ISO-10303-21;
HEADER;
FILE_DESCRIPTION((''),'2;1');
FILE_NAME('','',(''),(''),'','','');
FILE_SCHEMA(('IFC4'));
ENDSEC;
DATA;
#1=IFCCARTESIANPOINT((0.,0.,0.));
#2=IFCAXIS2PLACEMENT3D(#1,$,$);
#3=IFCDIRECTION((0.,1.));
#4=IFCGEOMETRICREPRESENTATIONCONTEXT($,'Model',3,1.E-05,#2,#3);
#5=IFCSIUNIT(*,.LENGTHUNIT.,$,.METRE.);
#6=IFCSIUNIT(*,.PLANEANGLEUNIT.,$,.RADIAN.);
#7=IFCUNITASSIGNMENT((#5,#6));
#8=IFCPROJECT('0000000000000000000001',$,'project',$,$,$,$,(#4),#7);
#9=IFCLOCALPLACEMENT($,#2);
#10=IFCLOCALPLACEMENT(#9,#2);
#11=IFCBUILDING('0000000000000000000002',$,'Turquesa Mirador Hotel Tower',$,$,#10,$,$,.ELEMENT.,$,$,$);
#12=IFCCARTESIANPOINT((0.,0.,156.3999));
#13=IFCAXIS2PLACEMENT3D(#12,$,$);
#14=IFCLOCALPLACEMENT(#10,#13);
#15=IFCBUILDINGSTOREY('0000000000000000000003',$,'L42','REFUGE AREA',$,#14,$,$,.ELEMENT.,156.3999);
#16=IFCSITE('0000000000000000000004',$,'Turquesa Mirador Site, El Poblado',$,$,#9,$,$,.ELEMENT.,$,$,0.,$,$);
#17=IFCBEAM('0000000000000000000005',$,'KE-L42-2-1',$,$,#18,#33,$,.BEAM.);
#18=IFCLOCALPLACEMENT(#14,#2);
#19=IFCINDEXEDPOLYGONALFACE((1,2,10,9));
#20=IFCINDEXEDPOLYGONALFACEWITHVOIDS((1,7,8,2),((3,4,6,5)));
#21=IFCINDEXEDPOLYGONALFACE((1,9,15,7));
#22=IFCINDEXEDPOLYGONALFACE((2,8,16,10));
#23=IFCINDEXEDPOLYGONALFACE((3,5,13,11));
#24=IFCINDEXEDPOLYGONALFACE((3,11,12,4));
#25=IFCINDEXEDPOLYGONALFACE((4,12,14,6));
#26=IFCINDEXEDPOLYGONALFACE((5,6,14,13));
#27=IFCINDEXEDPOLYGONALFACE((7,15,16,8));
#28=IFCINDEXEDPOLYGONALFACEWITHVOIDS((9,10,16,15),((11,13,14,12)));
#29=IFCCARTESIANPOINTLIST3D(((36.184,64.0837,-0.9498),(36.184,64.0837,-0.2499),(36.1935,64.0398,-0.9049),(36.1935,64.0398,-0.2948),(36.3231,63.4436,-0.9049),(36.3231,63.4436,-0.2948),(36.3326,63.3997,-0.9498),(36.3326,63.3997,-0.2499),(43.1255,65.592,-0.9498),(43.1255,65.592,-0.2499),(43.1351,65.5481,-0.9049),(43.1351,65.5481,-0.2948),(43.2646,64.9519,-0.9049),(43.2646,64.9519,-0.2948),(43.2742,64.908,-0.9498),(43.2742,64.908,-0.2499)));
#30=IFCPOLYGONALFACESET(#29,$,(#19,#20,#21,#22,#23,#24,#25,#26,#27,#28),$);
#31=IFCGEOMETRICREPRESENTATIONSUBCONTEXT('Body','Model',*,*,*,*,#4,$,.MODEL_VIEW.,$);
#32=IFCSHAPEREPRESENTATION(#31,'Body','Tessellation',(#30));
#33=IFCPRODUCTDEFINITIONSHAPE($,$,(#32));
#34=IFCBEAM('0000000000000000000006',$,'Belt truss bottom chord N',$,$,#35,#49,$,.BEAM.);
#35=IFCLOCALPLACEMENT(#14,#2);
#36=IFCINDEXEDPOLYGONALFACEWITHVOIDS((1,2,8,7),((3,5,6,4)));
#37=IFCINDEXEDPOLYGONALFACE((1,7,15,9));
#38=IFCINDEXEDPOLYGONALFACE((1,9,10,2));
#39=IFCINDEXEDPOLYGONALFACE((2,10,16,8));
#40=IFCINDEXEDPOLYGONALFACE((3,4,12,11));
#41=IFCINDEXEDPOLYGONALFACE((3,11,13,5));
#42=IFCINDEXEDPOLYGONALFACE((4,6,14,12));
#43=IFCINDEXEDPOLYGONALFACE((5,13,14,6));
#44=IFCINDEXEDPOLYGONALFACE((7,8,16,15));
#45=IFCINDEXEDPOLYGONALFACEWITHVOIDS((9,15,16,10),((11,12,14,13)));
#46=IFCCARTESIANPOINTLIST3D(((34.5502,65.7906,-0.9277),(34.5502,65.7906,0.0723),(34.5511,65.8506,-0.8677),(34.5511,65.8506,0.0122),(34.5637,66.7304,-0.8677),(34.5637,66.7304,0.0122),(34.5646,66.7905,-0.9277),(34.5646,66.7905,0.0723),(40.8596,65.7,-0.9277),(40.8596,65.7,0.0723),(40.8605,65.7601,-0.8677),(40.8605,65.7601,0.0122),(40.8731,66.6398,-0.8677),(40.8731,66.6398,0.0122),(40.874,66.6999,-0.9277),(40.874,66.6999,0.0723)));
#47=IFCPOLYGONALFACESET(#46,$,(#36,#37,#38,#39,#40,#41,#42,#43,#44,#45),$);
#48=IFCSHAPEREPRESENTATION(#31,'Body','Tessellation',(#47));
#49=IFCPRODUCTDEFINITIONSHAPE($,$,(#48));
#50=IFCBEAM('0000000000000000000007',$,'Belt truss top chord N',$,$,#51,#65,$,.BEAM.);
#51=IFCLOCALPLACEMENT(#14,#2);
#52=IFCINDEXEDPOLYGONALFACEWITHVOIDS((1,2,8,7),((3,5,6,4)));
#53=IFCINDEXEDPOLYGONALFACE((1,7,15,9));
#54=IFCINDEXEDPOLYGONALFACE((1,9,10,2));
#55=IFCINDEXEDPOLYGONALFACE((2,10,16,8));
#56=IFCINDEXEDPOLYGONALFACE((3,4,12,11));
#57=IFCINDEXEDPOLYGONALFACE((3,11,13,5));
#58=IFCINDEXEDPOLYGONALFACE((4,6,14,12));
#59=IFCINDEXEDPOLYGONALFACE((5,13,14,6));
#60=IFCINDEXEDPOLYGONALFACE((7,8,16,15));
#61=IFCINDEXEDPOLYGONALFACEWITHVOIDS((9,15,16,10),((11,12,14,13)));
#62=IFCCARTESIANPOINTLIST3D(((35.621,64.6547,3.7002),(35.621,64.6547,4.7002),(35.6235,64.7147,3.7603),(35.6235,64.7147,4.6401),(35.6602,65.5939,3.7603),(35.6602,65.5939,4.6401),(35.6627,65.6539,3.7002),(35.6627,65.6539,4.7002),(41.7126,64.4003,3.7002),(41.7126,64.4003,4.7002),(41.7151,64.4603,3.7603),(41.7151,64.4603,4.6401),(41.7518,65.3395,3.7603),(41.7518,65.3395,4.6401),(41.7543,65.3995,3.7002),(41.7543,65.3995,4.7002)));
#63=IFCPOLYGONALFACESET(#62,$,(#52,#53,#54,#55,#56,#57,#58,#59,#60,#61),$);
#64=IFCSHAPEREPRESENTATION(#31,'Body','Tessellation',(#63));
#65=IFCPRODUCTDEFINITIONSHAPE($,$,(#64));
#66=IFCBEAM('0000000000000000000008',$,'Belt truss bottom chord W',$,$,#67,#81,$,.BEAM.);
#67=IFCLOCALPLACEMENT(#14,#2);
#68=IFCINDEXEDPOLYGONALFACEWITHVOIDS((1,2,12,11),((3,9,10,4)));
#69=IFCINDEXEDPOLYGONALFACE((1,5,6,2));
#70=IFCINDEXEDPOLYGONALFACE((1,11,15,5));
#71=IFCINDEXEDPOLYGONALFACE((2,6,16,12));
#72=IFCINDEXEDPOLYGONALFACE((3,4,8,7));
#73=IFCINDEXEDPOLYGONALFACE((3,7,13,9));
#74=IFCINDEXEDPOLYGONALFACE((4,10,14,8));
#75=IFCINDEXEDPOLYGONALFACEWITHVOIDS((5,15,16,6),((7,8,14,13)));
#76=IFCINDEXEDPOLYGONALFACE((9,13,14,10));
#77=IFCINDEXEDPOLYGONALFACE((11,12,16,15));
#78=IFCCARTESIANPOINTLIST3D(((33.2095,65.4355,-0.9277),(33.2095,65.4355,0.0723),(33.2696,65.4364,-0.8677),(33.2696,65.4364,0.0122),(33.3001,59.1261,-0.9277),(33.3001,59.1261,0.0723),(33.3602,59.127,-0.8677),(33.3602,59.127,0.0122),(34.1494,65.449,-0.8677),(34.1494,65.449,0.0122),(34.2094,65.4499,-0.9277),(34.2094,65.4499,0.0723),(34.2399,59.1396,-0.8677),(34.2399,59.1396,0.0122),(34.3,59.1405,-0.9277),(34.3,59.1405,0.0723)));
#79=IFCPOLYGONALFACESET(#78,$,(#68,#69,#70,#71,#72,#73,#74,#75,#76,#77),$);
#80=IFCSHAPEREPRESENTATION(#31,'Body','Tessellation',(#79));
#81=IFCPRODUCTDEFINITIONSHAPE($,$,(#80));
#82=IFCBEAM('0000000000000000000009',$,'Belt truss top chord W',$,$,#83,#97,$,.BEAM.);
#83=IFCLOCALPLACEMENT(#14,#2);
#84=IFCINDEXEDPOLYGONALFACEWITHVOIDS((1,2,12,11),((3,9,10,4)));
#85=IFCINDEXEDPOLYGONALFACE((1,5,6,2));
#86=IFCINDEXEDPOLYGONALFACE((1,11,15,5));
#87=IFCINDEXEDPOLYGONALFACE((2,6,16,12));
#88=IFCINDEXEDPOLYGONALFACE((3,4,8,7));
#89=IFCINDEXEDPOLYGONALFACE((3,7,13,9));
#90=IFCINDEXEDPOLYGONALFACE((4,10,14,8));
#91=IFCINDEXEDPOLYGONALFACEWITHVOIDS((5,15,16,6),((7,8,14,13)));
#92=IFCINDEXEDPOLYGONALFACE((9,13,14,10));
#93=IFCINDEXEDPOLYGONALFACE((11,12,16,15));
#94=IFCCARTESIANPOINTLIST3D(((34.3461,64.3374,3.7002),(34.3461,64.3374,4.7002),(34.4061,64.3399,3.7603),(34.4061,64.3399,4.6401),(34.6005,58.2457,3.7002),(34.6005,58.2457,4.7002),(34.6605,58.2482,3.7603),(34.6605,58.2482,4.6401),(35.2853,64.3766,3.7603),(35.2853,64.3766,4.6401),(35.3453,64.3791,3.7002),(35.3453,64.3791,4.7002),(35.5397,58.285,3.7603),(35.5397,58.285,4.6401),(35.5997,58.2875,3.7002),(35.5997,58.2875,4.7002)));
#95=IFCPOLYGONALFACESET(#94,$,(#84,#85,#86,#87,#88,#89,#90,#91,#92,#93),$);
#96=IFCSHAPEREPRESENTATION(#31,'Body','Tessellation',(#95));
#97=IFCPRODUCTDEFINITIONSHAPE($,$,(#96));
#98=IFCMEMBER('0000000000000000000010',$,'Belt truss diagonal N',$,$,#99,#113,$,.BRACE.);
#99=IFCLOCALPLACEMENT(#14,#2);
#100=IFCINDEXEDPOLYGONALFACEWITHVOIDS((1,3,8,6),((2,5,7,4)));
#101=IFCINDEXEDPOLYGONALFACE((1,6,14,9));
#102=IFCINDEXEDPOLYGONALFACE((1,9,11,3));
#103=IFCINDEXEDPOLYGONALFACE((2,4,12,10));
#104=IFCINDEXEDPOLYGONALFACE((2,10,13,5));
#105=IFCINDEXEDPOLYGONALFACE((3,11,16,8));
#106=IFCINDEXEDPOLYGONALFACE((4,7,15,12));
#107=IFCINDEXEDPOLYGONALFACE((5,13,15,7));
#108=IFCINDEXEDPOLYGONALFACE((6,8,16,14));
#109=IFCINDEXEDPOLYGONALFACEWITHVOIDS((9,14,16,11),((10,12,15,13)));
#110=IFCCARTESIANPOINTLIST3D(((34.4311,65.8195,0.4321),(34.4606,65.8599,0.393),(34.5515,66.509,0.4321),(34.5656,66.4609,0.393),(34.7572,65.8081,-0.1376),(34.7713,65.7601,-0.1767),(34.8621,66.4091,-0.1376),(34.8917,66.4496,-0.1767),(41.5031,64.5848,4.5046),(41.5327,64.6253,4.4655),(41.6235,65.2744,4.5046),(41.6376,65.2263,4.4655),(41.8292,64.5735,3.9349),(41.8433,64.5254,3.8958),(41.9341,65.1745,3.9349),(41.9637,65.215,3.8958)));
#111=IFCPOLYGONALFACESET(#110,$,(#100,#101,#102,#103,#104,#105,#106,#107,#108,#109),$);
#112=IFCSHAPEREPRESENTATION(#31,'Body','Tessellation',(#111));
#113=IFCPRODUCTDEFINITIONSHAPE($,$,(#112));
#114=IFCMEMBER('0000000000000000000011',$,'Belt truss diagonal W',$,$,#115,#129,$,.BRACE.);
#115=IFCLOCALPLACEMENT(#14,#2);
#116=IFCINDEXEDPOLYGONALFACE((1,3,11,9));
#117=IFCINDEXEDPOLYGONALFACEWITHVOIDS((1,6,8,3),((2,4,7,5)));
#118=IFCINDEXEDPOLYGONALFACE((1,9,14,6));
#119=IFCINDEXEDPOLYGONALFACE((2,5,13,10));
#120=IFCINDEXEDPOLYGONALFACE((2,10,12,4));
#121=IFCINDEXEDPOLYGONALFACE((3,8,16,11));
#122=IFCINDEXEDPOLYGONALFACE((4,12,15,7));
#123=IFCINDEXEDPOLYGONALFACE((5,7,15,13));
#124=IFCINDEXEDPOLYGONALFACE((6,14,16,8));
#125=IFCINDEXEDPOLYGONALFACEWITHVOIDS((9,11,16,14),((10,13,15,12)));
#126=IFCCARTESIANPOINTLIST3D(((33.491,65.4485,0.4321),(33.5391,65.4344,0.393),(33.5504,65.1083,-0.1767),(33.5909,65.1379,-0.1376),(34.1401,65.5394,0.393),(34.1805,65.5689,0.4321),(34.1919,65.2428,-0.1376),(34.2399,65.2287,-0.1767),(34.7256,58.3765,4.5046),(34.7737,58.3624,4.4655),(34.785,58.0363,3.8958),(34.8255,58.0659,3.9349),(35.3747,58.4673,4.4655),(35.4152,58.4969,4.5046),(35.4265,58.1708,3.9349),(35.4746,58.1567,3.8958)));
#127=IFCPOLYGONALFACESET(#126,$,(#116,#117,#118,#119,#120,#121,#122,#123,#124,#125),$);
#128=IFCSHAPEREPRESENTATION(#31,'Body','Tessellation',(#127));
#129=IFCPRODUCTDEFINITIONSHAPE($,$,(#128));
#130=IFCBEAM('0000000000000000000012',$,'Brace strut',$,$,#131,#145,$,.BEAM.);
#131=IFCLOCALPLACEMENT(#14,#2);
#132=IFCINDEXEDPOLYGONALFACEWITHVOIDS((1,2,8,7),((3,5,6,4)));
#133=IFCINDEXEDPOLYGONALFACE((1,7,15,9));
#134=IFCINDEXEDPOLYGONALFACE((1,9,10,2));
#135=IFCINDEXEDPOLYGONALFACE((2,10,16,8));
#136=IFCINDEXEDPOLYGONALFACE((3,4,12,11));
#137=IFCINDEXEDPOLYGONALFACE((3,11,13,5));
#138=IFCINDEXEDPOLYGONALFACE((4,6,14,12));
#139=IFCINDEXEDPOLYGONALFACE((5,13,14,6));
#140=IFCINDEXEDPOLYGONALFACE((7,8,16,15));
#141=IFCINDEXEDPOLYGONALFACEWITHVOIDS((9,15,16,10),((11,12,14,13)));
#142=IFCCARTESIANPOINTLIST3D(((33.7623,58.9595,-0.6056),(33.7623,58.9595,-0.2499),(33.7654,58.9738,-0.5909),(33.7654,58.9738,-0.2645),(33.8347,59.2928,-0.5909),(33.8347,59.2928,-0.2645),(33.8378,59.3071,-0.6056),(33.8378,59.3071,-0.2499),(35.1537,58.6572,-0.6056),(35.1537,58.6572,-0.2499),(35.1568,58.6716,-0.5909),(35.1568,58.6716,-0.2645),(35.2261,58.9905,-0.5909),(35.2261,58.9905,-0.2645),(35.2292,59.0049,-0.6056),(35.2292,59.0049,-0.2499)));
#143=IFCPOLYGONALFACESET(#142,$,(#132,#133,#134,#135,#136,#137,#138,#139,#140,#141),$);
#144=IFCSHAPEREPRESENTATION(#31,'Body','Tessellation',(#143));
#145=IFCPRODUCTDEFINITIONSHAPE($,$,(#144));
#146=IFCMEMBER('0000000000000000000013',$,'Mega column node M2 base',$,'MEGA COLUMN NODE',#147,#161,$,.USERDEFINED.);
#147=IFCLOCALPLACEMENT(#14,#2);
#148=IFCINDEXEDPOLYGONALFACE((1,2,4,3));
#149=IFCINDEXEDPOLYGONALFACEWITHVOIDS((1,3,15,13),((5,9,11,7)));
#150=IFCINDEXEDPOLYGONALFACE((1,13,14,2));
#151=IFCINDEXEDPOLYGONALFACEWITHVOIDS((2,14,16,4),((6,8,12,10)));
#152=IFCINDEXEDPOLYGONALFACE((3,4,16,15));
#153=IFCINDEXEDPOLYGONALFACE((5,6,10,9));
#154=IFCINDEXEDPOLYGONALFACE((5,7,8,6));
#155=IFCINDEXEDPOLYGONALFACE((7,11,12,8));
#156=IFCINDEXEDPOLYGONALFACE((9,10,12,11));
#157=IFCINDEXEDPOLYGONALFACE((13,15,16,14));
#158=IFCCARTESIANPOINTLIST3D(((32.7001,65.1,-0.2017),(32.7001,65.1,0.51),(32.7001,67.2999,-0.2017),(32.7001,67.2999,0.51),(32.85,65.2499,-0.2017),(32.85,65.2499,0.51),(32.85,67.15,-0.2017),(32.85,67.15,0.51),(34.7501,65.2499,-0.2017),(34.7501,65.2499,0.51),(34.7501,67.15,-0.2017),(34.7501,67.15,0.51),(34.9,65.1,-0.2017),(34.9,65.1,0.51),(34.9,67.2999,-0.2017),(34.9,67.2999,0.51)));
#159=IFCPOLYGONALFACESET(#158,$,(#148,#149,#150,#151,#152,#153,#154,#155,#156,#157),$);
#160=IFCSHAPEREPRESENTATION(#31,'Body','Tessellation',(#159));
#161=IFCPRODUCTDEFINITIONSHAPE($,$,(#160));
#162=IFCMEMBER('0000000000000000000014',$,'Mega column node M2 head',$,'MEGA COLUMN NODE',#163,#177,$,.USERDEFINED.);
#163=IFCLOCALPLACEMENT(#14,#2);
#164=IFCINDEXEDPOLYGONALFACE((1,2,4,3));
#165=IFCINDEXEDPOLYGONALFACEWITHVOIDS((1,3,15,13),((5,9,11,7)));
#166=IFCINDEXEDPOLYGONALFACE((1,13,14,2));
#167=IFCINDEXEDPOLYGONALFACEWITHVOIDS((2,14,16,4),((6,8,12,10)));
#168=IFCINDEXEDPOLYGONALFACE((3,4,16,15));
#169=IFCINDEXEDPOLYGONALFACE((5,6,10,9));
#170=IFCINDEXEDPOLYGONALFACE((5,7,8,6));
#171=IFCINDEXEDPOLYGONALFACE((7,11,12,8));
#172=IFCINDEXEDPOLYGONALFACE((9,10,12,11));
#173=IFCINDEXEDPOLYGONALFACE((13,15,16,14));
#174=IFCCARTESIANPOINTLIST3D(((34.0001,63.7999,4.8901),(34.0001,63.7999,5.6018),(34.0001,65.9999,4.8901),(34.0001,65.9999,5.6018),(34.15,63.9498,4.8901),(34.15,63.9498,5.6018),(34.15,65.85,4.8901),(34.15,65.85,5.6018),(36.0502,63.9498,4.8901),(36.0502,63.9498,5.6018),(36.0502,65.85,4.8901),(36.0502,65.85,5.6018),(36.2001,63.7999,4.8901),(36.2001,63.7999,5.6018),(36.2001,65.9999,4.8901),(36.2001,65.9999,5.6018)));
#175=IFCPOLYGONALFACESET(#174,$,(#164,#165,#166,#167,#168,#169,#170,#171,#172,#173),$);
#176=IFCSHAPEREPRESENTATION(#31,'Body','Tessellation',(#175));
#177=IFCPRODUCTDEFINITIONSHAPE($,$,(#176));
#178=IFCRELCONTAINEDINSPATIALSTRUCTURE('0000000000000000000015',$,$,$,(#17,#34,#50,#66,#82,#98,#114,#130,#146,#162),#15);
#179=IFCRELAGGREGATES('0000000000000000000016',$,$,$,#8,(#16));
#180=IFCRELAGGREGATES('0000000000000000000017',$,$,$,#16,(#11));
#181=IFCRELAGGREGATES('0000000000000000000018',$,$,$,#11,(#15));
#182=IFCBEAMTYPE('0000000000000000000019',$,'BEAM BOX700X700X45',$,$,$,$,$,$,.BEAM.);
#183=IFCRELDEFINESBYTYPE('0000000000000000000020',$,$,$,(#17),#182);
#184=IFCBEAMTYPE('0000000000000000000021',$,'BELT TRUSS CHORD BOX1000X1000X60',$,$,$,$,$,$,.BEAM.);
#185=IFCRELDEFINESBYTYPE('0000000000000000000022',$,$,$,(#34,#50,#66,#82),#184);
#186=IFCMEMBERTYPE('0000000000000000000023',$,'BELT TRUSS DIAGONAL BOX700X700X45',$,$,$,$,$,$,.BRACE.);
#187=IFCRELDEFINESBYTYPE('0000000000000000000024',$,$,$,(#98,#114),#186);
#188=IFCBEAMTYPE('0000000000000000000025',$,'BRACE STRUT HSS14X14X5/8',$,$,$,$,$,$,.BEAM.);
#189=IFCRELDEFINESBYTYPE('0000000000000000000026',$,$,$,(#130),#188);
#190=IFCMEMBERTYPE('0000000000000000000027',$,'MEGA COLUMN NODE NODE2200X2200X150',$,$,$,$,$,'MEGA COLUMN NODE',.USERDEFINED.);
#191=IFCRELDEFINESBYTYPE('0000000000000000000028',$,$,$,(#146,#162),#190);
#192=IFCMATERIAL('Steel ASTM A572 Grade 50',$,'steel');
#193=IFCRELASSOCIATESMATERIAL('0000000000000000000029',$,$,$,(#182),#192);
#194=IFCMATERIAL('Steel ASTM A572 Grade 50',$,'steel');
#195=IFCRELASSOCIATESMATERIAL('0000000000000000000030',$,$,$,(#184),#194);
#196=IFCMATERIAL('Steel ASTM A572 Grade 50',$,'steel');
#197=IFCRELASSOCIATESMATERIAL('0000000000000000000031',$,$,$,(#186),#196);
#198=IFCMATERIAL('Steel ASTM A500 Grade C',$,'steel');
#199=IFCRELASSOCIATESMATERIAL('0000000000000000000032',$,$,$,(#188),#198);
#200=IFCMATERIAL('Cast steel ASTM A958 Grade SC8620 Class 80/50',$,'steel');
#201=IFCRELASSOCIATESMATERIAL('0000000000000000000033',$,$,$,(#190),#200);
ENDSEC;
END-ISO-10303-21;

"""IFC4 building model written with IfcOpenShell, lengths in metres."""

from ifc_helpers import new_model, si_unit, direction, frame, origin, origin_2d, place, context, subcontext, project, spatial, hollow_rectangle, extrude, material, material_profile, profile_set, type_object, element, save


model = new_model("IFC4")

# Units and contexts
model_context = context("Model", 3, precision=1e-05, world=origin(), true_north=direction((0.0, 1.0)))
body_context = subcontext(model_context, "Body", "Model", "MODEL_VIEW")
ifc_project = project(units=[si_unit("LENGTHUNIT", "METRE"), si_unit("PLANEANGLEUNIT", "RADIAN")], contexts=[model_context])

# Site, building, storey
site_placement = place(None, origin())
site = spatial("IfcSite", under=ifc_project, at=site_placement, Name="Turquesa Mirador Site, El Poblado", CompositionType="ELEMENT", RefElevation=0.0)
building_placement = place(site_placement, origin())
building = spatial("IfcBuilding", under=site, at=building_placement, Name="Turquesa Mirador Hotel Tower", CompositionType="ELEMENT")
storey_placement = place(building_placement, frame((0.0, 0.0, 156.3999)))
storey = spatial("IfcBuildingStorey", under=building, at=storey_placement, Name="L42", Description="REFUGE AREA", CompositionType="ELEMENT", Elevation=156.3999)

# Beams
ifc_material_1 = material(Name="Steel ASTM A572 Grade 50", Category="steel")
ifc_material_profile_1 = material_profile(ifc_material_1, hollow_rectangle(XDim=0.7, YDim=0.7, WallThickness=0.0449, at=origin_2d()), Name="BOX700X700X45")
ifc_profile_set_1 = profile_set([ifc_material_profile_1], Name="Steel ASTM A572 Grade 50")
beam_type_1 = type_object("IfcBeamType", Name="BEAM BOX700X700X45", PredefinedType="BEAM", material=ifc_profile_set_1)
beam_1_placement = place(storey_placement, frame((36.2583, 63.7417, -0.5999), z_axis=(0.977198, 0.212328, 0.0), x_axis=(-0.212328, 0.977198, 0.0)))
element("IfcBeam", 1, at=beam_1_placement, inside=storey, type_object=beam_type_1, Name="KE-L42-2-1", PredefinedType="BEAM", context=body_context, shape_type="SweptSolid", body=[
    extrude(hollow_rectangle(XDim=0.7, YDim=0.7, WallThickness=0.0449, at=origin_2d()), origin(), (0.0, 0.0, 1.0), 7.1035),
])
ifc_material_2 = material(Name="Steel ASTM A572 Grade 50", Category="steel")
ifc_material_profile_2 = material_profile(ifc_material_2, hollow_rectangle(XDim=1.0, YDim=1.0, WallThickness=0.0601, at=origin_2d()), Name="BOX1000X1000X60")
ifc_profile_set_2 = profile_set([ifc_material_profile_2], Name="Steel ASTM A572 Grade 50")
beam_type_2 = type_object("IfcBeamType", Name="BELT TRUSS CHORD BOX1000X1000X60", PredefinedType="BEAM", material=ifc_profile_set_2)
beam_2_placement = place(storey_placement, frame((34.5574, 66.2905, -0.4277), z_axis=(0.999897, -0.014354, 0.0), x_axis=(0.014354, 0.999897, 0.0)))
element("IfcBeam", 2, at=beam_2_placement, inside=storey, type_object=beam_type_2, Name="Belt truss bottom chord N", PredefinedType="BEAM", context=body_context, shape_type="SweptSolid", body=[
    extrude(hollow_rectangle(XDim=1.0, YDim=1.0, WallThickness=0.0601, at=origin_2d()), origin(), (0.0, 0.0, 1.0), 6.3101),
])
beam_3_placement = place(storey_placement, frame((35.6418, 65.1543, 4.2002), z_axis=(0.999129, -0.041725, 0.0), x_axis=(0.041725, 0.999129, 0.0)))
element("IfcBeam", 3, at=beam_3_placement, inside=storey, type_object=beam_type_2, Name="Belt truss top chord N", PredefinedType="BEAM", context=body_context, shape_type="SweptSolid", body=[
    extrude(hollow_rectangle(XDim=1.0, YDim=1.0, WallThickness=0.0601, at=origin_2d()), origin(), (0.0, 0.0, 1.0), 6.0969),
])
beam_4_placement = place(storey_placement, frame((33.8, 59.1333, -0.4277), z_axis=(-0.014354, 0.999897, 0.0), x_axis=(-0.999897, -0.014354, 0.0)))
element("IfcBeam", 4, at=beam_4_placement, inside=storey, type_object=beam_type_2, Name="Belt truss bottom chord W", PredefinedType="BEAM", context=body_context, shape_type="SweptSolid", body=[
    extrude(hollow_rectangle(XDim=1.0, YDim=1.0, WallThickness=0.0601, at=origin_2d()), origin(), (0.0, 0.0, 1.0), 6.3101),
])
beam_5_placement = place(storey_placement, frame((35.1001, 58.2666, 4.2002), z_axis=(-0.041725, 0.999129, 0.0), x_axis=(-0.999129, -0.041725, 0.0)))
element("IfcBeam", 5, at=beam_5_placement, inside=storey, type_object=beam_type_2, Name="Belt truss top chord W", PredefinedType="BEAM", context=body_context, shape_type="SweptSolid", body=[
    extrude(hollow_rectangle(XDim=1.0, YDim=1.0, WallThickness=0.0601, at=origin_2d()), origin(), (0.0, 0.0, 1.0), 6.0969),
])

# Members
ifc_material_3 = material(Name="Steel ASTM A572 Grade 50", Category="steel")
ifc_material_profile_3 = material_profile(ifc_material_3, hollow_rectangle(XDim=0.7, YDim=0.7, WallThickness=0.0449, at=origin_2d()), Name="BOX700X700X45")
ifc_profile_set_3 = profile_set([ifc_material_profile_3], Name="Steel ASTM A572 Grade 50")
member_type_1 = type_object("IfcMemberType", Name="BELT TRUSS DIAGONAL BOX700X700X45", PredefinedType="BRACE", material=ifc_profile_set_3)
for number, where, z_axis, x_axis, name in (
    (6, (34.6614, 66.1345, 0.1277), (0.856833, -0.149584, 0.493418), (0.171977, 0.985101, 0.0), "Belt truss diagonal N"),
    (7, (35.1001, 58.2666, 4.2002), (-0.149584, 0.856833, -0.493418), (-0.985101, -0.171977, 0.0), "Belt truss diagonal W"),
):
    element("IfcMember", number, at=place(storey_placement, frame(where, z_axis=z_axis, x_axis=x_axis)), inside=storey, type_object=member_type_1, Name=name, PredefinedType="BRACE", context=body_context, shape_type="SweptSolid", body=[
        extrude(hollow_rectangle(XDim=0.7, YDim=0.7, WallThickness=0.0449, at=origin_2d()), origin(), (0.0, 0.0, 1.0), 8.2537),
    ])

# Beam
ifc_material_4 = material(Name="Steel ASTM A500 Grade C", Category="steel")
ifc_material_profile_4 = material_profile(ifc_material_4, hollow_rectangle(XDim=0.3557, YDim=0.3557, WallThickness=0.0146, at=origin_2d()), Name="HSS14X14X5/8")
ifc_profile_set_4 = profile_set([ifc_material_profile_4], Name="Steel ASTM A500 Grade C")
beam_type_3 = type_object("IfcBeamType", Name="BRACE STRUT HSS14X14X5/8", PredefinedType="BEAM", material=ifc_profile_set_4)
beam_6_placement = place(storey_placement, frame((33.8, 59.1333, -0.4277), z_axis=(0.977209, -0.21228, 0.0), x_axis=(0.21228, 0.977209, 0.0)))
element("IfcBeam", 8, at=beam_6_placement, inside=storey, type_object=beam_type_3, Name="Brace strut", PredefinedType="BEAM", context=body_context, shape_type="SweptSolid", body=[
    extrude(hollow_rectangle(XDim=0.3557, YDim=0.3557, WallThickness=0.0146, at=origin_2d()), origin(), (0.0, 0.0, 1.0), 1.4238),
])

# Members
ifc_material_5 = material(Name="Cast steel ASTM A958 Grade SC8620 Class 80/50", Category="steel")
ifc_material_profile_5 = material_profile(ifc_material_5, hollow_rectangle(XDim=2.2, YDim=2.2, WallThickness=0.1499, at=origin_2d()), Name="NODE2200X2200X150")
ifc_profile_set_5 = profile_set([ifc_material_profile_5], Name="Cast steel ASTM A958 Grade SC8620 Class 80/50")
member_type_2 = type_object("IfcMemberType", Name="MEGA COLUMN NODE NODE2200X2200X150", ElementType="MEGA COLUMN NODE", PredefinedType="USERDEFINED", material=ifc_profile_set_5)
for number, where, z_axis, x_axis, name in (
    (9, (33.8, 66.2, -0.2017), (0.0, 0.0, 1.0), (1.0, 0.0, 0.0), "Mega column node M2 base"),
    (10, (35.1001, 64.8999, 4.8901), (0.0, 0.0, 1.0), (1.0, 0.0, 0.0), "Mega column node M2 head"),
):
    element("IfcMember", number, at=place(storey_placement, frame(where, z_axis=z_axis, x_axis=x_axis)), inside=storey, type_object=member_type_2, Name=name, ObjectType="MEGA COLUMN NODE", PredefinedType="USERDEFINED", context=body_context, shape_type="SweptSolid", body=[
        extrude(hollow_rectangle(XDim=2.2, YDim=2.2, WallThickness=0.1499, at=origin_2d()), origin(), (0.0, 0.0, 1.0), 0.7117),
    ])

save(model, "model.ifc")
